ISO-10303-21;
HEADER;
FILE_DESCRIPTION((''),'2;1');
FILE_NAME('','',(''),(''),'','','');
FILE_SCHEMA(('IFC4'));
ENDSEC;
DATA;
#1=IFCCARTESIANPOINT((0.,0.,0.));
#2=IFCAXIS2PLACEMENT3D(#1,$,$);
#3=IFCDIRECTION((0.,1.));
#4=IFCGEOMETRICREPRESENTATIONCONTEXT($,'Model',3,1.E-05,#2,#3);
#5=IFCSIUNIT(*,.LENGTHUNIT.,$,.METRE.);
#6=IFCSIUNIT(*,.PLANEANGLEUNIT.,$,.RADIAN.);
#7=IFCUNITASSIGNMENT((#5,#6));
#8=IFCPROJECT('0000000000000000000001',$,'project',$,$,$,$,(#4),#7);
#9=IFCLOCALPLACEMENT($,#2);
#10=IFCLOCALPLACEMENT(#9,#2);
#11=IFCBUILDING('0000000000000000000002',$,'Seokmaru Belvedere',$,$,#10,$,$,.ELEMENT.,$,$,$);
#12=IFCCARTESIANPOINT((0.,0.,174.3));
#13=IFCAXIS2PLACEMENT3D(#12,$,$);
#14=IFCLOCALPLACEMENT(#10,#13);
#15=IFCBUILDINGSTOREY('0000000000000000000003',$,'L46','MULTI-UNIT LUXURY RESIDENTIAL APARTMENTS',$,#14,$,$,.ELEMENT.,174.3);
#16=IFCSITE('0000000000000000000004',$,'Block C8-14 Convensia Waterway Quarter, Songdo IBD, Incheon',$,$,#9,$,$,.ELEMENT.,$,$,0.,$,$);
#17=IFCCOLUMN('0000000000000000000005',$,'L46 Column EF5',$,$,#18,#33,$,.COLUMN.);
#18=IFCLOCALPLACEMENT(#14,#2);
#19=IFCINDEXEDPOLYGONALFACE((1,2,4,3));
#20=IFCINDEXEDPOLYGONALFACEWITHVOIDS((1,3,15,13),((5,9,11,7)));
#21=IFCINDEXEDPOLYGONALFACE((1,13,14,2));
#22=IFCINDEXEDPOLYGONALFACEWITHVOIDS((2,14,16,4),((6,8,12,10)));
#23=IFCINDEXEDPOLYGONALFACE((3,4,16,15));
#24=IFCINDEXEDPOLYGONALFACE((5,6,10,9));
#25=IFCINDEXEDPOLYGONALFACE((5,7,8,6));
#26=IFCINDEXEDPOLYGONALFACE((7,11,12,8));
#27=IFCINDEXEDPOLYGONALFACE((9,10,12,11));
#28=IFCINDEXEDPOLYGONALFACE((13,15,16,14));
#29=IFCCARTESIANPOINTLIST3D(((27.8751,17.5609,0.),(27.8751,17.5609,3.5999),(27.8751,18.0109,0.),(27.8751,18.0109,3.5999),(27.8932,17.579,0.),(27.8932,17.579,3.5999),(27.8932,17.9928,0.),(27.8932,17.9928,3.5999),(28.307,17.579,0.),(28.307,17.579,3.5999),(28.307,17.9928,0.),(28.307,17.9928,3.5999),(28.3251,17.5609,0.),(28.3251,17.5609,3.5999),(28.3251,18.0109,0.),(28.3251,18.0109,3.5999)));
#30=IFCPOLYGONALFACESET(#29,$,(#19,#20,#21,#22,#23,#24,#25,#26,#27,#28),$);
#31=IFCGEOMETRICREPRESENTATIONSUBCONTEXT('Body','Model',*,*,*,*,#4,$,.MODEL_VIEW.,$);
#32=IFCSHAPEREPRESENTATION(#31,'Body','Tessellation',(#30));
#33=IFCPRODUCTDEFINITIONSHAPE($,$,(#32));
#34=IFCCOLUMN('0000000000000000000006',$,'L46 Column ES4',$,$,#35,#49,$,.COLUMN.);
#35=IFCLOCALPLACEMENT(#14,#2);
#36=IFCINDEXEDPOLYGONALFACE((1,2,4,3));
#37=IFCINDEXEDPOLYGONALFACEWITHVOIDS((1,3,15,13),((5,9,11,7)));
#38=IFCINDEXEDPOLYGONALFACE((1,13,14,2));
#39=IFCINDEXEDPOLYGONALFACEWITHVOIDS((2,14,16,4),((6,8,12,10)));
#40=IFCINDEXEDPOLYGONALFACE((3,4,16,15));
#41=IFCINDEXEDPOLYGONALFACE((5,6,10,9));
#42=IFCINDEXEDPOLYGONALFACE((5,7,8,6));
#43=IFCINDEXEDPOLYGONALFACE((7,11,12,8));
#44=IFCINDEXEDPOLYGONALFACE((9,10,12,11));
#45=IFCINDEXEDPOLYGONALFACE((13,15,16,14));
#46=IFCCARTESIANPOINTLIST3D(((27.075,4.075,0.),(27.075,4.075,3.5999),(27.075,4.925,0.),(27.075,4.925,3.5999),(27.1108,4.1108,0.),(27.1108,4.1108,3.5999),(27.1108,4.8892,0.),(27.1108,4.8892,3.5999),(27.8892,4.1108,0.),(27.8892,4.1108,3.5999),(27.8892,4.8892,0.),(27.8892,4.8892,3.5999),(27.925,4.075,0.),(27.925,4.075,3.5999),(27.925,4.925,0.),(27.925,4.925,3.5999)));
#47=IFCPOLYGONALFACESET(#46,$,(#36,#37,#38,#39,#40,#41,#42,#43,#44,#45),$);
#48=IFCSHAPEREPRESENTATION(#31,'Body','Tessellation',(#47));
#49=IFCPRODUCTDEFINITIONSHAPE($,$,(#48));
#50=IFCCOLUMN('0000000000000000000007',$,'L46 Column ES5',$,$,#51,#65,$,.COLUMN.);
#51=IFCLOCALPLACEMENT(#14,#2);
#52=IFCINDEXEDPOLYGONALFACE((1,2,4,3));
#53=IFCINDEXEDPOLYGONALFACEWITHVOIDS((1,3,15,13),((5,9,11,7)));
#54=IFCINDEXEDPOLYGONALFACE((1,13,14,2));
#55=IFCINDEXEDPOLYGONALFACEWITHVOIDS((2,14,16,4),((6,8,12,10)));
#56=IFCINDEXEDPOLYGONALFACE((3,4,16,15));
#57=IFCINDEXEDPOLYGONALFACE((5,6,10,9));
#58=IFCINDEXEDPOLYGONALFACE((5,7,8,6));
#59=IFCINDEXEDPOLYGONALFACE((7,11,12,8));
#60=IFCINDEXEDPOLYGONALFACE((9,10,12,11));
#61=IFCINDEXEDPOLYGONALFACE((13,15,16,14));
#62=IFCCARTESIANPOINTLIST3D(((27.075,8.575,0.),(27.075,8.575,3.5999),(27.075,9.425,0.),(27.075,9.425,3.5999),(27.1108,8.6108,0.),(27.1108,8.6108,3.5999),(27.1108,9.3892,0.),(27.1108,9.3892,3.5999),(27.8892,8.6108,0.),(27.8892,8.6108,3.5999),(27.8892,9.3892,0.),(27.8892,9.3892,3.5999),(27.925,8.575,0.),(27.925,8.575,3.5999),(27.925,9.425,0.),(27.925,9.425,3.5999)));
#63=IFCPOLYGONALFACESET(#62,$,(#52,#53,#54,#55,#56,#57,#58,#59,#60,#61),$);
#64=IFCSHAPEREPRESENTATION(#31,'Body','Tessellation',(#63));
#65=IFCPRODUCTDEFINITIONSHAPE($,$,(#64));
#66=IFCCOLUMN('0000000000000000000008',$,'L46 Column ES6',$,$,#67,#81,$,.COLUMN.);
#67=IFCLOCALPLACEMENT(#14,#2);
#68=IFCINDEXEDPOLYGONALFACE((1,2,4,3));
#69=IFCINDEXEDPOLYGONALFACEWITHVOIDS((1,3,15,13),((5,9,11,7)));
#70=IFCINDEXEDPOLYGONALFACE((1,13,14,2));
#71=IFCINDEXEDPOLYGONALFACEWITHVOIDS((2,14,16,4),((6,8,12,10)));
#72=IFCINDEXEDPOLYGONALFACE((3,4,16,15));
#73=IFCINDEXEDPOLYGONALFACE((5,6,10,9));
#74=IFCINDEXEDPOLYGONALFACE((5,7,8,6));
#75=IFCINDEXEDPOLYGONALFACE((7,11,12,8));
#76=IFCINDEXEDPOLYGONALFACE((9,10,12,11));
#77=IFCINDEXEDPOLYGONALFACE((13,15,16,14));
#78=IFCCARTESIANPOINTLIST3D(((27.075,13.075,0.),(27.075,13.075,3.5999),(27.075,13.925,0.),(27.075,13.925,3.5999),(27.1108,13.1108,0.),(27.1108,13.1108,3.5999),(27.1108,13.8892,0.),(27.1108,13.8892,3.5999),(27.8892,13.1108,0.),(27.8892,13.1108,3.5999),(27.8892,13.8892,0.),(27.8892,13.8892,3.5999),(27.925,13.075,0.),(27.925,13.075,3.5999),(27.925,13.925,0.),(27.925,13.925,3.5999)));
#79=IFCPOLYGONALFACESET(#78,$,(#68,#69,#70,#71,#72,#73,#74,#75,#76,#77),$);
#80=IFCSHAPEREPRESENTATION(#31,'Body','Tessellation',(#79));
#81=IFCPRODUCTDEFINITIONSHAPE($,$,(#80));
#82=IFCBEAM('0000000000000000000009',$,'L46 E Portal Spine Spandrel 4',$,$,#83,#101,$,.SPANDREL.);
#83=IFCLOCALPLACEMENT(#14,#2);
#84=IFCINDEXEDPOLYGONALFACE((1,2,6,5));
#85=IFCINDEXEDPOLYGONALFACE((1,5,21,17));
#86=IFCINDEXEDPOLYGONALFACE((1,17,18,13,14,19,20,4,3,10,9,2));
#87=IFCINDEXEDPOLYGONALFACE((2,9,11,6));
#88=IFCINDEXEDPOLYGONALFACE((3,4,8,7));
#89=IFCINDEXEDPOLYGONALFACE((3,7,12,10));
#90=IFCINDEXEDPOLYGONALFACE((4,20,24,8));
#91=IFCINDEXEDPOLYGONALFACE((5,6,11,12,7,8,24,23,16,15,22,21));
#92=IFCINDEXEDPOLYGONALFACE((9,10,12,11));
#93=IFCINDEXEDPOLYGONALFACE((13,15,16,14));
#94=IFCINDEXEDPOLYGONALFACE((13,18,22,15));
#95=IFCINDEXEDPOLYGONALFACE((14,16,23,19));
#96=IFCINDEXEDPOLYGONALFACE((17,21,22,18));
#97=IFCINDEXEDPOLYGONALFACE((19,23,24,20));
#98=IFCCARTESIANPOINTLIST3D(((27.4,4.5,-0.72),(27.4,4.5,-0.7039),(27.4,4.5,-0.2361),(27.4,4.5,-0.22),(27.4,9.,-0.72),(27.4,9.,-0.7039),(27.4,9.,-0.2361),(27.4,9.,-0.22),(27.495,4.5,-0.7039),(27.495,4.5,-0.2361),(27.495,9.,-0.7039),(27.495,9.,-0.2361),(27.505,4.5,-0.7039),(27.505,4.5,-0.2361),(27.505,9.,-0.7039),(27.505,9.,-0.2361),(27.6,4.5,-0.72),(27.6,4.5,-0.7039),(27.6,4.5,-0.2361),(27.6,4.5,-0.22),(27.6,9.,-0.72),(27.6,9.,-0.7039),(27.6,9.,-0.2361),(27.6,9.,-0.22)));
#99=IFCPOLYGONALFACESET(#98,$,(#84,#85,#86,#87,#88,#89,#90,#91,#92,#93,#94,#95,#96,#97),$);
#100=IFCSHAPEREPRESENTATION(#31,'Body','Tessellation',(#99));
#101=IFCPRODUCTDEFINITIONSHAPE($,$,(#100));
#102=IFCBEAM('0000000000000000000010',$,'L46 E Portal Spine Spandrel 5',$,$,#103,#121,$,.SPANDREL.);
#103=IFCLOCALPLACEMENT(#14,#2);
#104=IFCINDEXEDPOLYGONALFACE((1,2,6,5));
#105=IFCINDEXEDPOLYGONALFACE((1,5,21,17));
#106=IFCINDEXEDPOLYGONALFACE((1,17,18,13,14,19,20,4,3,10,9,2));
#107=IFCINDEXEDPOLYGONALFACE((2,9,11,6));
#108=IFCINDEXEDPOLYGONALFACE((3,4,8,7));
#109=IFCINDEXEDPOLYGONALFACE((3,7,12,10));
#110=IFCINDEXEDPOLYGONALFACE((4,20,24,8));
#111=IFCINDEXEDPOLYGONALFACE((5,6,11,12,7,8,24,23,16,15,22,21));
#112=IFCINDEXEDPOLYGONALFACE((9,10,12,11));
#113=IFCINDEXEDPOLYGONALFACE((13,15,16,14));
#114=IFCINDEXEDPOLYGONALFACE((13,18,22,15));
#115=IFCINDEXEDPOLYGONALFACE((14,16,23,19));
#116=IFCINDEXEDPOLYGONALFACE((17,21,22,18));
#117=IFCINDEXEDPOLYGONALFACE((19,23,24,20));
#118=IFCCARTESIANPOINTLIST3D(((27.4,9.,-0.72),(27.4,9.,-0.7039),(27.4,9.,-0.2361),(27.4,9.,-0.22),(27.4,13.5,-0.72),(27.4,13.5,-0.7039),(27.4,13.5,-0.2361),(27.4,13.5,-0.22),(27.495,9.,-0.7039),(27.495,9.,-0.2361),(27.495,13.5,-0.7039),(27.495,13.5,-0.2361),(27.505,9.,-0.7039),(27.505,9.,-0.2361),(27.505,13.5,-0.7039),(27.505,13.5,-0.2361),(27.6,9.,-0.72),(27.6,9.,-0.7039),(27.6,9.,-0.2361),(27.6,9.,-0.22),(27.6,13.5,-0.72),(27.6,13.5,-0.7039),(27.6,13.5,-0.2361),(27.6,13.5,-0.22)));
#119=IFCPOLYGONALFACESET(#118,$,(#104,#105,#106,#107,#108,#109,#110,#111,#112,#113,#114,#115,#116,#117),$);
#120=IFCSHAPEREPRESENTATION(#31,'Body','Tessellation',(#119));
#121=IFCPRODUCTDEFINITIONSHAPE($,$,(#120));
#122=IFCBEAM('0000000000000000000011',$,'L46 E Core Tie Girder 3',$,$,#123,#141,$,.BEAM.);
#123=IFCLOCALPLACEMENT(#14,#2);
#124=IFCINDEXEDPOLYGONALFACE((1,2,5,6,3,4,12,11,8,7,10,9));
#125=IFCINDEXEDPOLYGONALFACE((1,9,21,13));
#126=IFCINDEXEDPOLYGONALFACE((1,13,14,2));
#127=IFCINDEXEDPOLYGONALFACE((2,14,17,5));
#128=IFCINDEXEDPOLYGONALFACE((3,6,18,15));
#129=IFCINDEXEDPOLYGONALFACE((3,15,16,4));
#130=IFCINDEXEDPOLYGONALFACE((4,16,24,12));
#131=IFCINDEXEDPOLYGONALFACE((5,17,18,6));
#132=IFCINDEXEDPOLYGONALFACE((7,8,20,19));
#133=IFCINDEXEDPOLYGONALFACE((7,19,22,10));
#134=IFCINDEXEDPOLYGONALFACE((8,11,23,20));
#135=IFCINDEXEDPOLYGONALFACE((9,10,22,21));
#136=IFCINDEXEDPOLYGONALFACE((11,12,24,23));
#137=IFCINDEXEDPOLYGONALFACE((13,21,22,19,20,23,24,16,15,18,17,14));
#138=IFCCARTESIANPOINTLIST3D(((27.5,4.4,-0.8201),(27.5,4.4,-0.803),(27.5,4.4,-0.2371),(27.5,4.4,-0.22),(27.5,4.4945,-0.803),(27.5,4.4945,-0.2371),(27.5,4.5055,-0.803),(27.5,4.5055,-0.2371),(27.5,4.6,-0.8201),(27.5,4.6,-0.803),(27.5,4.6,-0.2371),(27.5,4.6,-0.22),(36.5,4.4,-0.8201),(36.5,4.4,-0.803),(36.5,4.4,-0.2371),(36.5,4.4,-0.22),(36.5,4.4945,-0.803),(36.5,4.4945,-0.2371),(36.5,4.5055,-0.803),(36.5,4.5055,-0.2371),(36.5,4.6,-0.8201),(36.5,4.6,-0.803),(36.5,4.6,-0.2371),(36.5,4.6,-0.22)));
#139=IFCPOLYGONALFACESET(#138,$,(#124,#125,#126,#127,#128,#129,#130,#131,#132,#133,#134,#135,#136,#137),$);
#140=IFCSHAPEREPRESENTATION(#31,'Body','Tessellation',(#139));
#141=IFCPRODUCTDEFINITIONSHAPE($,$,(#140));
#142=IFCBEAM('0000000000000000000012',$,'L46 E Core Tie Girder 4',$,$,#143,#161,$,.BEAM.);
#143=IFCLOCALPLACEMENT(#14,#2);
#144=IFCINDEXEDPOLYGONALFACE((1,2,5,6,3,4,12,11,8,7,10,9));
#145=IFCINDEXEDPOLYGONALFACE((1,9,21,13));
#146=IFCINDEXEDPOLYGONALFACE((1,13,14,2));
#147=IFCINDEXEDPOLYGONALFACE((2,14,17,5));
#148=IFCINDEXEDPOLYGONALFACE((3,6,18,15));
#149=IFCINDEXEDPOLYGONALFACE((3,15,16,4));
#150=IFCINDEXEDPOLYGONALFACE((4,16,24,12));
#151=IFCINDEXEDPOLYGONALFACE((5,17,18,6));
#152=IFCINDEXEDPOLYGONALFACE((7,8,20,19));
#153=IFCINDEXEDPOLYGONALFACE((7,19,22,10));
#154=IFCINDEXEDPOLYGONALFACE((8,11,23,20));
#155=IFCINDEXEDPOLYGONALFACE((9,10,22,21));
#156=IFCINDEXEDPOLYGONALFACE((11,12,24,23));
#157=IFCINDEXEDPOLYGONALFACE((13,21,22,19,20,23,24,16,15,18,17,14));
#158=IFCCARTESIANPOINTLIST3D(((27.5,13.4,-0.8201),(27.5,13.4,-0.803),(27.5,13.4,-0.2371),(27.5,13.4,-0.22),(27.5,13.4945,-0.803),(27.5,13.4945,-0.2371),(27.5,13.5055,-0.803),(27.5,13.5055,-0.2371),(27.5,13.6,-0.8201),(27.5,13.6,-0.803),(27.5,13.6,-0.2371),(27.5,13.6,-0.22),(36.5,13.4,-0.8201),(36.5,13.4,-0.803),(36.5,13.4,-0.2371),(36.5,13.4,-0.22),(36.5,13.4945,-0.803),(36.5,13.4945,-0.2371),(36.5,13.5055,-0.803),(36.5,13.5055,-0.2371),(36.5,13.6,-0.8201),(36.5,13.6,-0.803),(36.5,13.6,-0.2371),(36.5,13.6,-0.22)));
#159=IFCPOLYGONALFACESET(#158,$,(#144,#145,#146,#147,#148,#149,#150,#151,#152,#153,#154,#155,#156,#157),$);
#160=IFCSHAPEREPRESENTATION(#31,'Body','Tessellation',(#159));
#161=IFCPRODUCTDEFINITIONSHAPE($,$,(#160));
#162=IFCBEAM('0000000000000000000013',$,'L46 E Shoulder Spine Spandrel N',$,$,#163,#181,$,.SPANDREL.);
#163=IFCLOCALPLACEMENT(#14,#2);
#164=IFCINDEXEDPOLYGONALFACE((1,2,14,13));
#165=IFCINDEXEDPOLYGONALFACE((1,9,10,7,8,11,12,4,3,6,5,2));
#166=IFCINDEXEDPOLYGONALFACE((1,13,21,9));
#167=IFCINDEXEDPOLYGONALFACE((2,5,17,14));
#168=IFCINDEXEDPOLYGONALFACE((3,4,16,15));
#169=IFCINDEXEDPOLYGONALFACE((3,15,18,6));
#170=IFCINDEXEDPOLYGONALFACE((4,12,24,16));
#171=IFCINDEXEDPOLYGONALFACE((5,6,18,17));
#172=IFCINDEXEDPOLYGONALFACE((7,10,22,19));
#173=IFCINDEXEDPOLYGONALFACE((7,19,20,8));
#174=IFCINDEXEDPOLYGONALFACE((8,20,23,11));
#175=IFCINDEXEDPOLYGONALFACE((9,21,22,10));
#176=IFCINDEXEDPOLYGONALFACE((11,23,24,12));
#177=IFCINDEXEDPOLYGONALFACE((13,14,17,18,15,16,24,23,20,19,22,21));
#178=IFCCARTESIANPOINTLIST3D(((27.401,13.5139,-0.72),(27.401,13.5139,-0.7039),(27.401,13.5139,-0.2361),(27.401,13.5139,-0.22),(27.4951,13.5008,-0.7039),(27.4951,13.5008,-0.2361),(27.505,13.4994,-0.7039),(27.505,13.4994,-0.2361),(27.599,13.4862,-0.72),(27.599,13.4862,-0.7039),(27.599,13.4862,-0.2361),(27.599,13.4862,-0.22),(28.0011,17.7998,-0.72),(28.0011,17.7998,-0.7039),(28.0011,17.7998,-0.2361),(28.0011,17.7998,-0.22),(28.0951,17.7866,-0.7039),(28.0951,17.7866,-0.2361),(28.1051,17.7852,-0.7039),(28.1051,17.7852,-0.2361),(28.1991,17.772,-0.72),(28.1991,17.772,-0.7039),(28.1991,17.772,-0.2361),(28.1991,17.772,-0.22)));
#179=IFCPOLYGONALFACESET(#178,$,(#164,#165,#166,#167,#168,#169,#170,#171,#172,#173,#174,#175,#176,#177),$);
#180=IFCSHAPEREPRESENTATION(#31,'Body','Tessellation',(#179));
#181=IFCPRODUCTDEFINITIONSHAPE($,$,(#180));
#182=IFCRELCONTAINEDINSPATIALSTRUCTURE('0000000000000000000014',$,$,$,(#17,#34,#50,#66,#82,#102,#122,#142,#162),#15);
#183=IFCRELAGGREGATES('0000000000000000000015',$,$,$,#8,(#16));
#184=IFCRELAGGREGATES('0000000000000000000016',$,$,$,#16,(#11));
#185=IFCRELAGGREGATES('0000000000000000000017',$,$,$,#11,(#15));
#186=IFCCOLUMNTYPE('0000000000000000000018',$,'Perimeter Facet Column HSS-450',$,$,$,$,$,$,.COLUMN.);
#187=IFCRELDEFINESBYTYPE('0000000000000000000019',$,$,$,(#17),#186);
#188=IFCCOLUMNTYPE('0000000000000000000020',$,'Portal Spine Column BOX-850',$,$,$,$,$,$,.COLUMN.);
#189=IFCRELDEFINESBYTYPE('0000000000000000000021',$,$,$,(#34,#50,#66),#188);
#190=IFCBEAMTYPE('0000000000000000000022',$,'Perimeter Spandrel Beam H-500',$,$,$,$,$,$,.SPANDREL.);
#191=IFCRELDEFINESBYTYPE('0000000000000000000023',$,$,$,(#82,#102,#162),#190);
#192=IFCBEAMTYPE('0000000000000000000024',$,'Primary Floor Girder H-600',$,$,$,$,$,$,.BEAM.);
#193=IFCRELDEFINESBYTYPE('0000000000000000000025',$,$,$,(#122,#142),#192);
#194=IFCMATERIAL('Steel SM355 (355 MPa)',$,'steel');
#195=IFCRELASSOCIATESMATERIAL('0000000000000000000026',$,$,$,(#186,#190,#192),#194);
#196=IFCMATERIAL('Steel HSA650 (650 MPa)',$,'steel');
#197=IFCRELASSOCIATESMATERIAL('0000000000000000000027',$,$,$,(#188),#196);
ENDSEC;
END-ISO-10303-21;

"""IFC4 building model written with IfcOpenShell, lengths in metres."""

from ifc_helpers import new_model, si_unit, direction, frame, origin, origin_2d, place, context, subcontext, project, spatial, hollow_rectangle, i_section, extrude, source, transform, mapped, material, material_profile, profile_set, type_object, type_shapes, element, save


model = new_model("IFC4")

# Units and contexts
model_context = context("Model", 3, precision=1e-05, world=origin(), true_north=direction((0.0, 1.0)))
body_context = subcontext(model_context, "Body", "Model", "MODEL_VIEW")
ifc_project = project(units=[si_unit("LENGTHUNIT", "METRE"), si_unit("PLANEANGLEUNIT", "RADIAN")], contexts=[model_context])

# Site, building, storey
site_placement = place(None, origin())
site = spatial("IfcSite", under=ifc_project, at=site_placement, Name="Block C8-14 Convensia Waterway Quarter, Songdo IBD, Incheon", CompositionType="ELEMENT", RefElevation=0.0)
building_placement = place(site_placement, origin())
building = spatial("IfcBuilding", under=site, at=building_placement, Name="Seokmaru Belvedere", CompositionType="ELEMENT")
storey_placement = place(building_placement, frame((0.0, 0.0, 174.3)))
storey = spatial("IfcBuildingStorey", under=building, at=storey_placement, Name="L46", Description="MULTI-UNIT LUXURY RESIDENTIAL APARTMENTS", CompositionType="ELEMENT", Elevation=174.3)

# Columns
ifc_material_1 = material(Name="Steel SM355 (355 MPa)", Category="steel")
ifc_material_profile_1 = material_profile(ifc_material_1, hollow_rectangle(XDim=0.45, YDim=0.45, WallThickness=0.0181, at=origin_2d()), Name="HSS-450x450x18")
ifc_profile_set_1 = profile_set([ifc_material_profile_1], Name="Steel SM355 (355 MPa)")
column_type_1 = type_object("IfcColumnType", Name="Perimeter Facet Column HSS-450", PredefinedType="COLUMN", material=ifc_profile_set_1)
shared_shape_1 = source(origin(), body_context, "Body", "SweptSolid", [
    extrude(hollow_rectangle(XDim=0.45, YDim=0.45, WallThickness=0.0181, at=origin_2d()), origin(), (0.0, 0.0, 1.0), 3.5999),
])
type_shapes(column_type_1, [shared_shape_1])
column_placement = place(storey_placement, frame((28.1001, 17.7859, 0.0), z_axis=(0.0, 0.0, 1.0), x_axis=(1.0, 0.0, 0.0)))
element("IfcColumn", 1, at=column_placement, inside=storey, type_object=column_type_1, Name="L46 Column EF5", PredefinedType="COLUMN", context=body_context, shape_type="MappedRepresentation", body=[
    mapped(shared_shape_1, transform((0.0, 0.0, 0.0), scale=1.0)),
])
ifc_material_2 = material(Name="Steel HSA650 (650 MPa)", Category="steel")
ifc_material_profile_2 = material_profile(ifc_material_2, hollow_rectangle(XDim=0.8501, YDim=0.8501, WallThickness=0.0359, at=origin_2d()), Name="BOX-850x850x36")
ifc_profile_set_2 = profile_set([ifc_material_profile_2], Name="Steel HSA650 (650 MPa)")
column_type_2 = type_object("IfcColumnType", Name="Portal Spine Column BOX-850", PredefinedType="COLUMN", material=ifc_profile_set_2)
shared_shape_2 = source(origin(), body_context, "Body", "SweptSolid", [
    extrude(hollow_rectangle(XDim=0.8501, YDim=0.8501, WallThickness=0.0359, at=origin_2d()), origin(), (0.0, 0.0, 1.0), 3.5999),
])
type_shapes(column_type_2, [shared_shape_2])
for number, where, z_axis, x_axis, name in (
    (2, (27.5, 4.5, 0.0), (0.0, 0.0, 1.0), (1.0, 0.0, 0.0), "L46 Column ES4"),
    (3, (27.5, 9.0, 0.0), (0.0, 0.0, 1.0), (1.0, 0.0, 0.0), "L46 Column ES5"),
    (4, (27.5, 13.5, 0.0), (0.0, 0.0, 1.0), (1.0, 0.0, 0.0), "L46 Column ES6"),
):
    element("IfcColumn", number, at=place(storey_placement, frame(where, z_axis=z_axis, x_axis=x_axis)), inside=storey, type_object=column_type_2, Name=name, PredefinedType="COLUMN", context=body_context, shape_type="MappedRepresentation", body=[
        mapped(shared_shape_2, transform((0.0, 0.0, 0.0), scale=1.0)),
    ])

# Beams
ifc_material_profile_3 = material_profile(ifc_material_1, i_section(OverallWidth=0.2, OverallDepth=0.5, WebThickness=0.01, FlangeThickness=0.0161, at=origin_2d()), Name="H-500x200x10x16")
ifc_profile_set_3 = profile_set([ifc_material_profile_3], Name="Steel SM355 (355 MPa)")
beam_type_1 = type_object("IfcBeamType", Name="Perimeter Spandrel Beam H-500", PredefinedType="SPANDREL", material=ifc_profile_set_3)
shared_shape_3 = source(origin(), body_context, "Body", "SweptSolid", [
    extrude(i_section(OverallWidth=0.2, OverallDepth=0.5, WebThickness=0.01, FlangeThickness=0.0161, at=origin_2d()), origin(), (0.0, 0.0, 1.0), 4.5),
])
for number, where, z_axis, x_axis, name in (
    (5, (27.5, 4.5, -0.47), (0.0, 1.0, 0.0), (-1.0, 0.0, 0.0), "L46 E Portal Spine Spandrel 4"),
    (6, (27.5, 9.0, -0.47), (0.0, 1.0, 0.0), (-1.0, 0.0, 0.0), "L46 E Portal Spine Spandrel 5"),
):
    element("IfcBeam", number, at=place(storey_placement, frame(where, z_axis=z_axis, x_axis=x_axis)), inside=storey, type_object=beam_type_1, Name=name, PredefinedType="SPANDREL", context=body_context, shape_type="MappedRepresentation", body=[
        mapped(shared_shape_3, transform((0.0, 0.0, 0.0), scale=1.0)),
    ])
ifc_material_profile_4 = material_profile(ifc_material_1, i_section(OverallWidth=0.2, OverallDepth=0.6001, WebThickness=0.011, FlangeThickness=0.0171, at=origin_2d()), Name="H-600x200x11x17")
ifc_profile_set_4 = profile_set([ifc_material_profile_4], Name="Steel SM355 (355 MPa)")
beam_type_2 = type_object("IfcBeamType", Name="Primary Floor Girder H-600", PredefinedType="BEAM", material=ifc_profile_set_4)
shared_shape_4 = source(origin(), body_context, "Body", "SweptSolid", [
    extrude(i_section(OverallWidth=0.2, OverallDepth=0.6001, WebThickness=0.011, FlangeThickness=0.0171, at=origin_2d()), origin(), (0.0, 0.0, 1.0), 9.0),
])
type_shapes(beam_type_2, [shared_shape_4])
for number, where, z_axis, x_axis, name in (
    (7, (27.5, 4.5, -0.52), (1.0, 0.0, 0.0), (0.0, 1.0, 0.0), "L46 E Core Tie Girder 3"),
    (8, (27.5, 13.5, -0.52), (1.0, 0.0, 0.0), (0.0, 1.0, 0.0), "L46 E Core Tie Girder 4"),
):
    element("IfcBeam", number, at=place(storey_placement, frame(where, z_axis=z_axis, x_axis=x_axis)), inside=storey, type_object=beam_type_2, Name=name, PredefinedType="BEAM", context=body_context, shape_type="MappedRepresentation", body=[
        mapped(shared_shape_4, transform((0.0, 0.0, 0.0), scale=1.0)),
    ])
shared_shape_5 = source(origin(), body_context, "Body", "SweptSolid", [
    extrude(i_section(OverallWidth=0.2, OverallDepth=0.5, WebThickness=0.01, FlangeThickness=0.0161, at=origin_2d()), origin(), (0.0, 0.0, 1.0), 4.3276),
])
type_shapes(beam_type_1, [shared_shape_3, shared_shape_5])
beam_placement = place(storey_placement, frame((28.1001, 17.7859, -0.47), z_axis=(-0.138664, -0.990339, 0.0), x_axis=(0.990339, -0.138664, 0.0)))
element("IfcBeam", 9, at=beam_placement, inside=storey, type_object=beam_type_1, Name="L46 E Shoulder Spine Spandrel N", PredefinedType="SPANDREL", context=body_context, shape_type="MappedRepresentation", body=[
    mapped(shared_shape_5, transform((0.0, 0.0, 0.0), scale=1.0)),
])

save(model, "model.ifc")
